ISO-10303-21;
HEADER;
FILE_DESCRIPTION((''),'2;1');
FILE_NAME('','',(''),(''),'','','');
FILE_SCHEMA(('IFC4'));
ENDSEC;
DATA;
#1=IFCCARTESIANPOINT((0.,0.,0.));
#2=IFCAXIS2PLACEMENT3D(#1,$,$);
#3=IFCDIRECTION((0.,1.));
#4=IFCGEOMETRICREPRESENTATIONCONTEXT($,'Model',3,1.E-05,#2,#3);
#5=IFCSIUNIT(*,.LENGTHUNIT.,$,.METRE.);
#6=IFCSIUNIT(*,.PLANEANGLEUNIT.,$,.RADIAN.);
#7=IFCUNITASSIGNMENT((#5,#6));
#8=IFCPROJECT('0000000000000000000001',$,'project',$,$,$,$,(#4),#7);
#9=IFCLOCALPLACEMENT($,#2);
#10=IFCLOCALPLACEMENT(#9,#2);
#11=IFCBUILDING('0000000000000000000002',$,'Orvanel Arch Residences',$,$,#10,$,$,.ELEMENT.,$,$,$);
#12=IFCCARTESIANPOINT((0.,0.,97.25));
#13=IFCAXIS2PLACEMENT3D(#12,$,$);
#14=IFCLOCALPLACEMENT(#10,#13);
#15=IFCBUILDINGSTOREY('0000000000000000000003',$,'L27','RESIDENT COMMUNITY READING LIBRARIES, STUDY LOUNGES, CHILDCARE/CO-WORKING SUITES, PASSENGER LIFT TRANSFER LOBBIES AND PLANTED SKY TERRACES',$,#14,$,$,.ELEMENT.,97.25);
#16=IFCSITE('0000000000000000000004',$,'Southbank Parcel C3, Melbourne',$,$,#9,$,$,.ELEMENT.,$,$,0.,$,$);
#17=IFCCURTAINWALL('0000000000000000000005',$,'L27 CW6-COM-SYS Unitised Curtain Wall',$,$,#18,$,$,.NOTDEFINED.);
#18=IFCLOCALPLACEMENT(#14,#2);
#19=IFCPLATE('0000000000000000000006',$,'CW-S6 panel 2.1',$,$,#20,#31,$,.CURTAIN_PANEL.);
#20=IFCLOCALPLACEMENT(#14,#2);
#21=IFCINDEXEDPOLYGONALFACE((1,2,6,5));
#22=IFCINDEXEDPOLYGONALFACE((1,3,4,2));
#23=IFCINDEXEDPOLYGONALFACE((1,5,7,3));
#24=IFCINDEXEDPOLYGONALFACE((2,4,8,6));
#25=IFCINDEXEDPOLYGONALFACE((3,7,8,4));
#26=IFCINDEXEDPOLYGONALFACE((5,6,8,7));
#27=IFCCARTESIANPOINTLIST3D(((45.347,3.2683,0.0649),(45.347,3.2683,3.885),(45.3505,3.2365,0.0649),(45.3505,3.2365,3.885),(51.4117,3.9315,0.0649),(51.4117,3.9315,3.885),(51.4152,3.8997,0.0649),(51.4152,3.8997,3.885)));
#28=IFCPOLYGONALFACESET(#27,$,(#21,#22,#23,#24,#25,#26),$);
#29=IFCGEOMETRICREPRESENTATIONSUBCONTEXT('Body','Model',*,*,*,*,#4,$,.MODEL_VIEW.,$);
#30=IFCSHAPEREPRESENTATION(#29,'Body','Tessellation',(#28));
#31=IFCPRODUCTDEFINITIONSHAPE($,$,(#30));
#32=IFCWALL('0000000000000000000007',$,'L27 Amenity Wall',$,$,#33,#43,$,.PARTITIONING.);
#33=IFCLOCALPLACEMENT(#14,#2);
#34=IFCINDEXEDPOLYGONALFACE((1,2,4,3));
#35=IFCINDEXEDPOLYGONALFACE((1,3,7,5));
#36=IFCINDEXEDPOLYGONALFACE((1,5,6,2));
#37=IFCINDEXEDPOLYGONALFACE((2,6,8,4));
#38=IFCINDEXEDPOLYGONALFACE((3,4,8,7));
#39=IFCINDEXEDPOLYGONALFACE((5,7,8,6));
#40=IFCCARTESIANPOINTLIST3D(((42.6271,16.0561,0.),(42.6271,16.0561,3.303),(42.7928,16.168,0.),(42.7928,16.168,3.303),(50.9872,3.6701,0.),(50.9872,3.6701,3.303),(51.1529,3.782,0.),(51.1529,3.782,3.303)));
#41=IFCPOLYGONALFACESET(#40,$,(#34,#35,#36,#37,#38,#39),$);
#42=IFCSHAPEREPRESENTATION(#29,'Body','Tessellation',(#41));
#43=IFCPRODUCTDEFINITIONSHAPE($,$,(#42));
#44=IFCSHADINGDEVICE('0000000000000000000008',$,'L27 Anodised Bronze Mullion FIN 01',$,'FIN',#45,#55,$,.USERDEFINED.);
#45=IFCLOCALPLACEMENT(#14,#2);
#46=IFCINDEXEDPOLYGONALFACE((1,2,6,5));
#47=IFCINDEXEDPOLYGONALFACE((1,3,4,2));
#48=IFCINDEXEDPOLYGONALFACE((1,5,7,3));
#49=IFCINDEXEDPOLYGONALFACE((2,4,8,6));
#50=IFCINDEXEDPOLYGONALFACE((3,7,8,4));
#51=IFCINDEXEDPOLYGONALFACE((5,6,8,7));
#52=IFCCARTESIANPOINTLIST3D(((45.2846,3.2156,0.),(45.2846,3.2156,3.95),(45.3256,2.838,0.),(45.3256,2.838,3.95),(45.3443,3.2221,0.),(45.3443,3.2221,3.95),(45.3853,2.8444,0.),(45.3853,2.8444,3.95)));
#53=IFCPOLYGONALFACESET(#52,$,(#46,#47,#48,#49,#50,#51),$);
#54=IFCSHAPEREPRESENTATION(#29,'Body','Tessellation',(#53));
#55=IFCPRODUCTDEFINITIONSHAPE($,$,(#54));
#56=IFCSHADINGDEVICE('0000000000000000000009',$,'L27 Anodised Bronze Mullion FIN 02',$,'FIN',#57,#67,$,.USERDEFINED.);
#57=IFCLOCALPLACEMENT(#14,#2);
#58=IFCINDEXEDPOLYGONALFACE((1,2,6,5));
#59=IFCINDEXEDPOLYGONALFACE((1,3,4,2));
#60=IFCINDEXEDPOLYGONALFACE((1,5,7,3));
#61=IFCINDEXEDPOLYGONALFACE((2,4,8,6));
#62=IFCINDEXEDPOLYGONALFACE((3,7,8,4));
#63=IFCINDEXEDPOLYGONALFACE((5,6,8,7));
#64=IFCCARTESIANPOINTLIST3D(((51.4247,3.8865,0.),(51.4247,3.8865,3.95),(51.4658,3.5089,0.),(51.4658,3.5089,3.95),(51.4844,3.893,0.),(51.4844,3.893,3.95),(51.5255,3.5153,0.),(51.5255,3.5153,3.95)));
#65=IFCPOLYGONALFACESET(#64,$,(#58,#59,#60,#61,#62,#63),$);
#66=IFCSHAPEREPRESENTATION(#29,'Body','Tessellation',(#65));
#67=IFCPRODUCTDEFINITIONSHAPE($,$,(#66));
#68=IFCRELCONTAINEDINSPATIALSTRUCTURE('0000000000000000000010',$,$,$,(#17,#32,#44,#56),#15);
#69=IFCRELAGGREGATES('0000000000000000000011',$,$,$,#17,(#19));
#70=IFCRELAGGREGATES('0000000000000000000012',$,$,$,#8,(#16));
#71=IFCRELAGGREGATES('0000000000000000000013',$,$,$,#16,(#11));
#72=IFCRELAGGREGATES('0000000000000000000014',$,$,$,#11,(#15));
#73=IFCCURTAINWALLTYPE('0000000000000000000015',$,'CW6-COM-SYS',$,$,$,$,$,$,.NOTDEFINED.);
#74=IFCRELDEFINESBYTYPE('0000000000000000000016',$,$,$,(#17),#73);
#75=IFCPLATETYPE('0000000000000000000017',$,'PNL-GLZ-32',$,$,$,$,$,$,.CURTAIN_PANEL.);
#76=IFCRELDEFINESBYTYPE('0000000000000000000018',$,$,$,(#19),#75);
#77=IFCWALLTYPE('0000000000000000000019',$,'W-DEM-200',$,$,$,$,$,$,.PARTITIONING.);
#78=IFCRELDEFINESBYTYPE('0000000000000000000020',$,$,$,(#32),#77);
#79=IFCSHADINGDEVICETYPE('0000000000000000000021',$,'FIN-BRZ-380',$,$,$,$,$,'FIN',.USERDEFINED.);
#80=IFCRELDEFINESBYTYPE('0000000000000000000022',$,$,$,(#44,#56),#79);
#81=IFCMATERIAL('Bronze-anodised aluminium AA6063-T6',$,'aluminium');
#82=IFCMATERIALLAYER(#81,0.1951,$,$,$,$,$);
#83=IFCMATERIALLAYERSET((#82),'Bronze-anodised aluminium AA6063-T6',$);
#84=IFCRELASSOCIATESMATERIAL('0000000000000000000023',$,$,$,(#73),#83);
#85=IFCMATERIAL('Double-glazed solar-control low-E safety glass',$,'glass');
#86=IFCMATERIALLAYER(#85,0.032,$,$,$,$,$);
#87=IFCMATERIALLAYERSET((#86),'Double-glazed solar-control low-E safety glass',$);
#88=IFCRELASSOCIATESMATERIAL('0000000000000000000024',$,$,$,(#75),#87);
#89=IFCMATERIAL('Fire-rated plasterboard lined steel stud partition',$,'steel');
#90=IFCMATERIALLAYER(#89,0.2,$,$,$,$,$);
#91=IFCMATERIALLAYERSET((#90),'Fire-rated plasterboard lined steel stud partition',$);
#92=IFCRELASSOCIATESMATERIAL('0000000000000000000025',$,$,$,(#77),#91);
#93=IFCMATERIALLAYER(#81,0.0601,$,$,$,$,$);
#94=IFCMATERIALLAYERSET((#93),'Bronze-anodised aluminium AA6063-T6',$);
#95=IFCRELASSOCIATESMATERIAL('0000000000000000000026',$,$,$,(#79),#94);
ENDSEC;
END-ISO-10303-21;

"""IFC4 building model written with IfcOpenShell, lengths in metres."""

from ifc_helpers import new_model, si_unit, direction, frame, frame_2d, origin, origin_2d, place, context, subcontext, project, spatial, rectangle, extrude, material, layer, layer_set, type_object, element, aggregate, save


model = new_model("IFC4")

# Units and contexts
model_context = context("Model", 3, precision=1e-05, world=origin(), true_north=direction((0.0, 1.0)))
body_context = subcontext(model_context, "Body", "Model", "MODEL_VIEW")
ifc_project = project(units=[si_unit("LENGTHUNIT", "METRE"), si_unit("PLANEANGLEUNIT", "RADIAN")], contexts=[model_context])

# Site, building, storey
site_placement = place(None, origin())
site = spatial("IfcSite", under=ifc_project, at=site_placement, Name="Southbank Parcel C3, Melbourne", CompositionType="ELEMENT", RefElevation=0.0)
building_placement = place(site_placement, origin())
building = spatial("IfcBuilding", under=site, at=building_placement, Name="Orvanel Arch Residences", CompositionType="ELEMENT")
storey_placement = place(building_placement, frame((0.0, 0.0, 97.25)))
storey = spatial("IfcBuildingStorey", under=building, at=storey_placement, Name="L27", Description="RESIDENT COMMUNITY READING LIBRARIES, STUDY LOUNGES, CHILDCARE/CO-WORKING SUITES, PASSENGER LIFT TRANSFER LOBBIES AND PLANTED SKY TERRACES", CompositionType="ELEMENT", Elevation=97.25)

# Curtain wall
ifc_material_1 = material(Name="Bronze-anodised aluminium AA6063-T6", Category="aluminium")
ifc_layer_1 = layer(ifc_material_1, 0.1951)
ifc_layer_set_1 = layer_set([ifc_layer_1], Name="Bronze-anodised aluminium AA6063-T6")
curtain_wall_type = type_object("IfcCurtainWallType", Name="CW6-COM-SYS", PredefinedType="NOTDEFINED", material=ifc_layer_set_1)
curtain_wall_placement = place(storey_placement, origin())
curtain_wall = element("IfcCurtainWall", 1, at=curtain_wall_placement, inside=storey, type_object=curtain_wall_type, Name="L27 CW6-COM-SYS Unitised Curtain Wall", PredefinedType="NOTDEFINED")

# Plate
ifc_material_2 = material(Name="Double-glazed solar-control low-E safety glass", Category="glass")
ifc_layer_2 = layer(ifc_material_2, 0.032)
ifc_layer_set_2 = layer_set([ifc_layer_2], Name="Double-glazed solar-control low-E safety glass")
plate_type_1 = type_object("IfcPlateType", Name="PNL-GLZ-32", PredefinedType="CURTAIN_PANEL", material=ifc_layer_set_2)
plate_1_placement = place(storey_placement, frame((48.3811, 3.584, 0.0649), z_axis=(0.0, 0.0, 1.0), x_axis=(0.994074, 0.108702, 0.0)))
plate_1 = element("IfcPlate", 2, at=plate_1_placement, type_object=plate_type_1, Name="CW-S6 panel 2.1", PredefinedType="CURTAIN_PANEL", context=body_context, shape_type="SweptSolid", body=[
    extrude(rectangle(XDim=6.1008, YDim=0.032, at=origin_2d()), origin(), (0.0, 0.0, 1.0), 3.8201),
])
aggregate(curtain_wall, [plate_1])

# Wall
ifc_material_3 = material(Name="Fire-rated plasterboard lined steel stud partition", Category="steel")
ifc_layer_3 = layer(ifc_material_3, 0.2)
ifc_layer_set_3 = layer_set([ifc_layer_3], Name="Fire-rated plasterboard lined steel stud partition")
wall_type = type_object("IfcWallType", Name="W-DEM-200", PredefinedType="PARTITIONING", material=ifc_layer_set_3)
wall_placement = place(storey_placement, frame((51.0701, 3.7261, 0.0), z_axis=(0.0, 0.0, 1.0), x_axis=(-0.559453, 0.828862, 0.0)))
element("IfcWall", 3, at=wall_placement, inside=storey, type_object=wall_type, Name="L27 Amenity Wall", PredefinedType="PARTITIONING", context=body_context, shape_type="SweptSolid", body=[
    extrude(rectangle(XDim=14.9434, YDim=0.2, at=frame_2d((7.4717, 0.0))), origin(), (0.0, 0.0, 1.0), 3.303),
])

# Shading devices
ifc_layer_4 = layer(ifc_material_1, 0.0601)
ifc_layer_set_4 = layer_set([ifc_layer_4], Name="Bronze-anodised aluminium AA6063-T6")
shading_device_type = type_object("IfcShadingDeviceType", Name="FIN-BRZ-380", ElementType="FIN", PredefinedType="USERDEFINED", material=ifc_layer_set_4)
for number, where, z_axis, x_axis, name in (
    (4, (45.335, 3.03, 0.0), (0.0, 0.0, 1.0), (0.107999, -0.994151, 0.0), "L27 Anodised Bronze Mullion FIN 01"),
    (5, (51.4751, 3.7009, 0.0), (0.0, 0.0, 1.0), (0.107999, -0.994151, 0.0), "L27 Anodised Bronze Mullion FIN 02"),
):
    element("IfcShadingDevice", number, at=place(storey_placement, frame(where, z_axis=z_axis, x_axis=x_axis)), inside=storey, type_object=shading_device_type, Name=name, ObjectType="FIN", PredefinedType="USERDEFINED", context=body_context, shape_type="SweptSolid", body=[
        extrude(rectangle(XDim=0.3799, YDim=0.0601, at=origin_2d()), origin(), (0.0, 0.0, 1.0), 3.95),
    ])

save(model, "model.ifc")
